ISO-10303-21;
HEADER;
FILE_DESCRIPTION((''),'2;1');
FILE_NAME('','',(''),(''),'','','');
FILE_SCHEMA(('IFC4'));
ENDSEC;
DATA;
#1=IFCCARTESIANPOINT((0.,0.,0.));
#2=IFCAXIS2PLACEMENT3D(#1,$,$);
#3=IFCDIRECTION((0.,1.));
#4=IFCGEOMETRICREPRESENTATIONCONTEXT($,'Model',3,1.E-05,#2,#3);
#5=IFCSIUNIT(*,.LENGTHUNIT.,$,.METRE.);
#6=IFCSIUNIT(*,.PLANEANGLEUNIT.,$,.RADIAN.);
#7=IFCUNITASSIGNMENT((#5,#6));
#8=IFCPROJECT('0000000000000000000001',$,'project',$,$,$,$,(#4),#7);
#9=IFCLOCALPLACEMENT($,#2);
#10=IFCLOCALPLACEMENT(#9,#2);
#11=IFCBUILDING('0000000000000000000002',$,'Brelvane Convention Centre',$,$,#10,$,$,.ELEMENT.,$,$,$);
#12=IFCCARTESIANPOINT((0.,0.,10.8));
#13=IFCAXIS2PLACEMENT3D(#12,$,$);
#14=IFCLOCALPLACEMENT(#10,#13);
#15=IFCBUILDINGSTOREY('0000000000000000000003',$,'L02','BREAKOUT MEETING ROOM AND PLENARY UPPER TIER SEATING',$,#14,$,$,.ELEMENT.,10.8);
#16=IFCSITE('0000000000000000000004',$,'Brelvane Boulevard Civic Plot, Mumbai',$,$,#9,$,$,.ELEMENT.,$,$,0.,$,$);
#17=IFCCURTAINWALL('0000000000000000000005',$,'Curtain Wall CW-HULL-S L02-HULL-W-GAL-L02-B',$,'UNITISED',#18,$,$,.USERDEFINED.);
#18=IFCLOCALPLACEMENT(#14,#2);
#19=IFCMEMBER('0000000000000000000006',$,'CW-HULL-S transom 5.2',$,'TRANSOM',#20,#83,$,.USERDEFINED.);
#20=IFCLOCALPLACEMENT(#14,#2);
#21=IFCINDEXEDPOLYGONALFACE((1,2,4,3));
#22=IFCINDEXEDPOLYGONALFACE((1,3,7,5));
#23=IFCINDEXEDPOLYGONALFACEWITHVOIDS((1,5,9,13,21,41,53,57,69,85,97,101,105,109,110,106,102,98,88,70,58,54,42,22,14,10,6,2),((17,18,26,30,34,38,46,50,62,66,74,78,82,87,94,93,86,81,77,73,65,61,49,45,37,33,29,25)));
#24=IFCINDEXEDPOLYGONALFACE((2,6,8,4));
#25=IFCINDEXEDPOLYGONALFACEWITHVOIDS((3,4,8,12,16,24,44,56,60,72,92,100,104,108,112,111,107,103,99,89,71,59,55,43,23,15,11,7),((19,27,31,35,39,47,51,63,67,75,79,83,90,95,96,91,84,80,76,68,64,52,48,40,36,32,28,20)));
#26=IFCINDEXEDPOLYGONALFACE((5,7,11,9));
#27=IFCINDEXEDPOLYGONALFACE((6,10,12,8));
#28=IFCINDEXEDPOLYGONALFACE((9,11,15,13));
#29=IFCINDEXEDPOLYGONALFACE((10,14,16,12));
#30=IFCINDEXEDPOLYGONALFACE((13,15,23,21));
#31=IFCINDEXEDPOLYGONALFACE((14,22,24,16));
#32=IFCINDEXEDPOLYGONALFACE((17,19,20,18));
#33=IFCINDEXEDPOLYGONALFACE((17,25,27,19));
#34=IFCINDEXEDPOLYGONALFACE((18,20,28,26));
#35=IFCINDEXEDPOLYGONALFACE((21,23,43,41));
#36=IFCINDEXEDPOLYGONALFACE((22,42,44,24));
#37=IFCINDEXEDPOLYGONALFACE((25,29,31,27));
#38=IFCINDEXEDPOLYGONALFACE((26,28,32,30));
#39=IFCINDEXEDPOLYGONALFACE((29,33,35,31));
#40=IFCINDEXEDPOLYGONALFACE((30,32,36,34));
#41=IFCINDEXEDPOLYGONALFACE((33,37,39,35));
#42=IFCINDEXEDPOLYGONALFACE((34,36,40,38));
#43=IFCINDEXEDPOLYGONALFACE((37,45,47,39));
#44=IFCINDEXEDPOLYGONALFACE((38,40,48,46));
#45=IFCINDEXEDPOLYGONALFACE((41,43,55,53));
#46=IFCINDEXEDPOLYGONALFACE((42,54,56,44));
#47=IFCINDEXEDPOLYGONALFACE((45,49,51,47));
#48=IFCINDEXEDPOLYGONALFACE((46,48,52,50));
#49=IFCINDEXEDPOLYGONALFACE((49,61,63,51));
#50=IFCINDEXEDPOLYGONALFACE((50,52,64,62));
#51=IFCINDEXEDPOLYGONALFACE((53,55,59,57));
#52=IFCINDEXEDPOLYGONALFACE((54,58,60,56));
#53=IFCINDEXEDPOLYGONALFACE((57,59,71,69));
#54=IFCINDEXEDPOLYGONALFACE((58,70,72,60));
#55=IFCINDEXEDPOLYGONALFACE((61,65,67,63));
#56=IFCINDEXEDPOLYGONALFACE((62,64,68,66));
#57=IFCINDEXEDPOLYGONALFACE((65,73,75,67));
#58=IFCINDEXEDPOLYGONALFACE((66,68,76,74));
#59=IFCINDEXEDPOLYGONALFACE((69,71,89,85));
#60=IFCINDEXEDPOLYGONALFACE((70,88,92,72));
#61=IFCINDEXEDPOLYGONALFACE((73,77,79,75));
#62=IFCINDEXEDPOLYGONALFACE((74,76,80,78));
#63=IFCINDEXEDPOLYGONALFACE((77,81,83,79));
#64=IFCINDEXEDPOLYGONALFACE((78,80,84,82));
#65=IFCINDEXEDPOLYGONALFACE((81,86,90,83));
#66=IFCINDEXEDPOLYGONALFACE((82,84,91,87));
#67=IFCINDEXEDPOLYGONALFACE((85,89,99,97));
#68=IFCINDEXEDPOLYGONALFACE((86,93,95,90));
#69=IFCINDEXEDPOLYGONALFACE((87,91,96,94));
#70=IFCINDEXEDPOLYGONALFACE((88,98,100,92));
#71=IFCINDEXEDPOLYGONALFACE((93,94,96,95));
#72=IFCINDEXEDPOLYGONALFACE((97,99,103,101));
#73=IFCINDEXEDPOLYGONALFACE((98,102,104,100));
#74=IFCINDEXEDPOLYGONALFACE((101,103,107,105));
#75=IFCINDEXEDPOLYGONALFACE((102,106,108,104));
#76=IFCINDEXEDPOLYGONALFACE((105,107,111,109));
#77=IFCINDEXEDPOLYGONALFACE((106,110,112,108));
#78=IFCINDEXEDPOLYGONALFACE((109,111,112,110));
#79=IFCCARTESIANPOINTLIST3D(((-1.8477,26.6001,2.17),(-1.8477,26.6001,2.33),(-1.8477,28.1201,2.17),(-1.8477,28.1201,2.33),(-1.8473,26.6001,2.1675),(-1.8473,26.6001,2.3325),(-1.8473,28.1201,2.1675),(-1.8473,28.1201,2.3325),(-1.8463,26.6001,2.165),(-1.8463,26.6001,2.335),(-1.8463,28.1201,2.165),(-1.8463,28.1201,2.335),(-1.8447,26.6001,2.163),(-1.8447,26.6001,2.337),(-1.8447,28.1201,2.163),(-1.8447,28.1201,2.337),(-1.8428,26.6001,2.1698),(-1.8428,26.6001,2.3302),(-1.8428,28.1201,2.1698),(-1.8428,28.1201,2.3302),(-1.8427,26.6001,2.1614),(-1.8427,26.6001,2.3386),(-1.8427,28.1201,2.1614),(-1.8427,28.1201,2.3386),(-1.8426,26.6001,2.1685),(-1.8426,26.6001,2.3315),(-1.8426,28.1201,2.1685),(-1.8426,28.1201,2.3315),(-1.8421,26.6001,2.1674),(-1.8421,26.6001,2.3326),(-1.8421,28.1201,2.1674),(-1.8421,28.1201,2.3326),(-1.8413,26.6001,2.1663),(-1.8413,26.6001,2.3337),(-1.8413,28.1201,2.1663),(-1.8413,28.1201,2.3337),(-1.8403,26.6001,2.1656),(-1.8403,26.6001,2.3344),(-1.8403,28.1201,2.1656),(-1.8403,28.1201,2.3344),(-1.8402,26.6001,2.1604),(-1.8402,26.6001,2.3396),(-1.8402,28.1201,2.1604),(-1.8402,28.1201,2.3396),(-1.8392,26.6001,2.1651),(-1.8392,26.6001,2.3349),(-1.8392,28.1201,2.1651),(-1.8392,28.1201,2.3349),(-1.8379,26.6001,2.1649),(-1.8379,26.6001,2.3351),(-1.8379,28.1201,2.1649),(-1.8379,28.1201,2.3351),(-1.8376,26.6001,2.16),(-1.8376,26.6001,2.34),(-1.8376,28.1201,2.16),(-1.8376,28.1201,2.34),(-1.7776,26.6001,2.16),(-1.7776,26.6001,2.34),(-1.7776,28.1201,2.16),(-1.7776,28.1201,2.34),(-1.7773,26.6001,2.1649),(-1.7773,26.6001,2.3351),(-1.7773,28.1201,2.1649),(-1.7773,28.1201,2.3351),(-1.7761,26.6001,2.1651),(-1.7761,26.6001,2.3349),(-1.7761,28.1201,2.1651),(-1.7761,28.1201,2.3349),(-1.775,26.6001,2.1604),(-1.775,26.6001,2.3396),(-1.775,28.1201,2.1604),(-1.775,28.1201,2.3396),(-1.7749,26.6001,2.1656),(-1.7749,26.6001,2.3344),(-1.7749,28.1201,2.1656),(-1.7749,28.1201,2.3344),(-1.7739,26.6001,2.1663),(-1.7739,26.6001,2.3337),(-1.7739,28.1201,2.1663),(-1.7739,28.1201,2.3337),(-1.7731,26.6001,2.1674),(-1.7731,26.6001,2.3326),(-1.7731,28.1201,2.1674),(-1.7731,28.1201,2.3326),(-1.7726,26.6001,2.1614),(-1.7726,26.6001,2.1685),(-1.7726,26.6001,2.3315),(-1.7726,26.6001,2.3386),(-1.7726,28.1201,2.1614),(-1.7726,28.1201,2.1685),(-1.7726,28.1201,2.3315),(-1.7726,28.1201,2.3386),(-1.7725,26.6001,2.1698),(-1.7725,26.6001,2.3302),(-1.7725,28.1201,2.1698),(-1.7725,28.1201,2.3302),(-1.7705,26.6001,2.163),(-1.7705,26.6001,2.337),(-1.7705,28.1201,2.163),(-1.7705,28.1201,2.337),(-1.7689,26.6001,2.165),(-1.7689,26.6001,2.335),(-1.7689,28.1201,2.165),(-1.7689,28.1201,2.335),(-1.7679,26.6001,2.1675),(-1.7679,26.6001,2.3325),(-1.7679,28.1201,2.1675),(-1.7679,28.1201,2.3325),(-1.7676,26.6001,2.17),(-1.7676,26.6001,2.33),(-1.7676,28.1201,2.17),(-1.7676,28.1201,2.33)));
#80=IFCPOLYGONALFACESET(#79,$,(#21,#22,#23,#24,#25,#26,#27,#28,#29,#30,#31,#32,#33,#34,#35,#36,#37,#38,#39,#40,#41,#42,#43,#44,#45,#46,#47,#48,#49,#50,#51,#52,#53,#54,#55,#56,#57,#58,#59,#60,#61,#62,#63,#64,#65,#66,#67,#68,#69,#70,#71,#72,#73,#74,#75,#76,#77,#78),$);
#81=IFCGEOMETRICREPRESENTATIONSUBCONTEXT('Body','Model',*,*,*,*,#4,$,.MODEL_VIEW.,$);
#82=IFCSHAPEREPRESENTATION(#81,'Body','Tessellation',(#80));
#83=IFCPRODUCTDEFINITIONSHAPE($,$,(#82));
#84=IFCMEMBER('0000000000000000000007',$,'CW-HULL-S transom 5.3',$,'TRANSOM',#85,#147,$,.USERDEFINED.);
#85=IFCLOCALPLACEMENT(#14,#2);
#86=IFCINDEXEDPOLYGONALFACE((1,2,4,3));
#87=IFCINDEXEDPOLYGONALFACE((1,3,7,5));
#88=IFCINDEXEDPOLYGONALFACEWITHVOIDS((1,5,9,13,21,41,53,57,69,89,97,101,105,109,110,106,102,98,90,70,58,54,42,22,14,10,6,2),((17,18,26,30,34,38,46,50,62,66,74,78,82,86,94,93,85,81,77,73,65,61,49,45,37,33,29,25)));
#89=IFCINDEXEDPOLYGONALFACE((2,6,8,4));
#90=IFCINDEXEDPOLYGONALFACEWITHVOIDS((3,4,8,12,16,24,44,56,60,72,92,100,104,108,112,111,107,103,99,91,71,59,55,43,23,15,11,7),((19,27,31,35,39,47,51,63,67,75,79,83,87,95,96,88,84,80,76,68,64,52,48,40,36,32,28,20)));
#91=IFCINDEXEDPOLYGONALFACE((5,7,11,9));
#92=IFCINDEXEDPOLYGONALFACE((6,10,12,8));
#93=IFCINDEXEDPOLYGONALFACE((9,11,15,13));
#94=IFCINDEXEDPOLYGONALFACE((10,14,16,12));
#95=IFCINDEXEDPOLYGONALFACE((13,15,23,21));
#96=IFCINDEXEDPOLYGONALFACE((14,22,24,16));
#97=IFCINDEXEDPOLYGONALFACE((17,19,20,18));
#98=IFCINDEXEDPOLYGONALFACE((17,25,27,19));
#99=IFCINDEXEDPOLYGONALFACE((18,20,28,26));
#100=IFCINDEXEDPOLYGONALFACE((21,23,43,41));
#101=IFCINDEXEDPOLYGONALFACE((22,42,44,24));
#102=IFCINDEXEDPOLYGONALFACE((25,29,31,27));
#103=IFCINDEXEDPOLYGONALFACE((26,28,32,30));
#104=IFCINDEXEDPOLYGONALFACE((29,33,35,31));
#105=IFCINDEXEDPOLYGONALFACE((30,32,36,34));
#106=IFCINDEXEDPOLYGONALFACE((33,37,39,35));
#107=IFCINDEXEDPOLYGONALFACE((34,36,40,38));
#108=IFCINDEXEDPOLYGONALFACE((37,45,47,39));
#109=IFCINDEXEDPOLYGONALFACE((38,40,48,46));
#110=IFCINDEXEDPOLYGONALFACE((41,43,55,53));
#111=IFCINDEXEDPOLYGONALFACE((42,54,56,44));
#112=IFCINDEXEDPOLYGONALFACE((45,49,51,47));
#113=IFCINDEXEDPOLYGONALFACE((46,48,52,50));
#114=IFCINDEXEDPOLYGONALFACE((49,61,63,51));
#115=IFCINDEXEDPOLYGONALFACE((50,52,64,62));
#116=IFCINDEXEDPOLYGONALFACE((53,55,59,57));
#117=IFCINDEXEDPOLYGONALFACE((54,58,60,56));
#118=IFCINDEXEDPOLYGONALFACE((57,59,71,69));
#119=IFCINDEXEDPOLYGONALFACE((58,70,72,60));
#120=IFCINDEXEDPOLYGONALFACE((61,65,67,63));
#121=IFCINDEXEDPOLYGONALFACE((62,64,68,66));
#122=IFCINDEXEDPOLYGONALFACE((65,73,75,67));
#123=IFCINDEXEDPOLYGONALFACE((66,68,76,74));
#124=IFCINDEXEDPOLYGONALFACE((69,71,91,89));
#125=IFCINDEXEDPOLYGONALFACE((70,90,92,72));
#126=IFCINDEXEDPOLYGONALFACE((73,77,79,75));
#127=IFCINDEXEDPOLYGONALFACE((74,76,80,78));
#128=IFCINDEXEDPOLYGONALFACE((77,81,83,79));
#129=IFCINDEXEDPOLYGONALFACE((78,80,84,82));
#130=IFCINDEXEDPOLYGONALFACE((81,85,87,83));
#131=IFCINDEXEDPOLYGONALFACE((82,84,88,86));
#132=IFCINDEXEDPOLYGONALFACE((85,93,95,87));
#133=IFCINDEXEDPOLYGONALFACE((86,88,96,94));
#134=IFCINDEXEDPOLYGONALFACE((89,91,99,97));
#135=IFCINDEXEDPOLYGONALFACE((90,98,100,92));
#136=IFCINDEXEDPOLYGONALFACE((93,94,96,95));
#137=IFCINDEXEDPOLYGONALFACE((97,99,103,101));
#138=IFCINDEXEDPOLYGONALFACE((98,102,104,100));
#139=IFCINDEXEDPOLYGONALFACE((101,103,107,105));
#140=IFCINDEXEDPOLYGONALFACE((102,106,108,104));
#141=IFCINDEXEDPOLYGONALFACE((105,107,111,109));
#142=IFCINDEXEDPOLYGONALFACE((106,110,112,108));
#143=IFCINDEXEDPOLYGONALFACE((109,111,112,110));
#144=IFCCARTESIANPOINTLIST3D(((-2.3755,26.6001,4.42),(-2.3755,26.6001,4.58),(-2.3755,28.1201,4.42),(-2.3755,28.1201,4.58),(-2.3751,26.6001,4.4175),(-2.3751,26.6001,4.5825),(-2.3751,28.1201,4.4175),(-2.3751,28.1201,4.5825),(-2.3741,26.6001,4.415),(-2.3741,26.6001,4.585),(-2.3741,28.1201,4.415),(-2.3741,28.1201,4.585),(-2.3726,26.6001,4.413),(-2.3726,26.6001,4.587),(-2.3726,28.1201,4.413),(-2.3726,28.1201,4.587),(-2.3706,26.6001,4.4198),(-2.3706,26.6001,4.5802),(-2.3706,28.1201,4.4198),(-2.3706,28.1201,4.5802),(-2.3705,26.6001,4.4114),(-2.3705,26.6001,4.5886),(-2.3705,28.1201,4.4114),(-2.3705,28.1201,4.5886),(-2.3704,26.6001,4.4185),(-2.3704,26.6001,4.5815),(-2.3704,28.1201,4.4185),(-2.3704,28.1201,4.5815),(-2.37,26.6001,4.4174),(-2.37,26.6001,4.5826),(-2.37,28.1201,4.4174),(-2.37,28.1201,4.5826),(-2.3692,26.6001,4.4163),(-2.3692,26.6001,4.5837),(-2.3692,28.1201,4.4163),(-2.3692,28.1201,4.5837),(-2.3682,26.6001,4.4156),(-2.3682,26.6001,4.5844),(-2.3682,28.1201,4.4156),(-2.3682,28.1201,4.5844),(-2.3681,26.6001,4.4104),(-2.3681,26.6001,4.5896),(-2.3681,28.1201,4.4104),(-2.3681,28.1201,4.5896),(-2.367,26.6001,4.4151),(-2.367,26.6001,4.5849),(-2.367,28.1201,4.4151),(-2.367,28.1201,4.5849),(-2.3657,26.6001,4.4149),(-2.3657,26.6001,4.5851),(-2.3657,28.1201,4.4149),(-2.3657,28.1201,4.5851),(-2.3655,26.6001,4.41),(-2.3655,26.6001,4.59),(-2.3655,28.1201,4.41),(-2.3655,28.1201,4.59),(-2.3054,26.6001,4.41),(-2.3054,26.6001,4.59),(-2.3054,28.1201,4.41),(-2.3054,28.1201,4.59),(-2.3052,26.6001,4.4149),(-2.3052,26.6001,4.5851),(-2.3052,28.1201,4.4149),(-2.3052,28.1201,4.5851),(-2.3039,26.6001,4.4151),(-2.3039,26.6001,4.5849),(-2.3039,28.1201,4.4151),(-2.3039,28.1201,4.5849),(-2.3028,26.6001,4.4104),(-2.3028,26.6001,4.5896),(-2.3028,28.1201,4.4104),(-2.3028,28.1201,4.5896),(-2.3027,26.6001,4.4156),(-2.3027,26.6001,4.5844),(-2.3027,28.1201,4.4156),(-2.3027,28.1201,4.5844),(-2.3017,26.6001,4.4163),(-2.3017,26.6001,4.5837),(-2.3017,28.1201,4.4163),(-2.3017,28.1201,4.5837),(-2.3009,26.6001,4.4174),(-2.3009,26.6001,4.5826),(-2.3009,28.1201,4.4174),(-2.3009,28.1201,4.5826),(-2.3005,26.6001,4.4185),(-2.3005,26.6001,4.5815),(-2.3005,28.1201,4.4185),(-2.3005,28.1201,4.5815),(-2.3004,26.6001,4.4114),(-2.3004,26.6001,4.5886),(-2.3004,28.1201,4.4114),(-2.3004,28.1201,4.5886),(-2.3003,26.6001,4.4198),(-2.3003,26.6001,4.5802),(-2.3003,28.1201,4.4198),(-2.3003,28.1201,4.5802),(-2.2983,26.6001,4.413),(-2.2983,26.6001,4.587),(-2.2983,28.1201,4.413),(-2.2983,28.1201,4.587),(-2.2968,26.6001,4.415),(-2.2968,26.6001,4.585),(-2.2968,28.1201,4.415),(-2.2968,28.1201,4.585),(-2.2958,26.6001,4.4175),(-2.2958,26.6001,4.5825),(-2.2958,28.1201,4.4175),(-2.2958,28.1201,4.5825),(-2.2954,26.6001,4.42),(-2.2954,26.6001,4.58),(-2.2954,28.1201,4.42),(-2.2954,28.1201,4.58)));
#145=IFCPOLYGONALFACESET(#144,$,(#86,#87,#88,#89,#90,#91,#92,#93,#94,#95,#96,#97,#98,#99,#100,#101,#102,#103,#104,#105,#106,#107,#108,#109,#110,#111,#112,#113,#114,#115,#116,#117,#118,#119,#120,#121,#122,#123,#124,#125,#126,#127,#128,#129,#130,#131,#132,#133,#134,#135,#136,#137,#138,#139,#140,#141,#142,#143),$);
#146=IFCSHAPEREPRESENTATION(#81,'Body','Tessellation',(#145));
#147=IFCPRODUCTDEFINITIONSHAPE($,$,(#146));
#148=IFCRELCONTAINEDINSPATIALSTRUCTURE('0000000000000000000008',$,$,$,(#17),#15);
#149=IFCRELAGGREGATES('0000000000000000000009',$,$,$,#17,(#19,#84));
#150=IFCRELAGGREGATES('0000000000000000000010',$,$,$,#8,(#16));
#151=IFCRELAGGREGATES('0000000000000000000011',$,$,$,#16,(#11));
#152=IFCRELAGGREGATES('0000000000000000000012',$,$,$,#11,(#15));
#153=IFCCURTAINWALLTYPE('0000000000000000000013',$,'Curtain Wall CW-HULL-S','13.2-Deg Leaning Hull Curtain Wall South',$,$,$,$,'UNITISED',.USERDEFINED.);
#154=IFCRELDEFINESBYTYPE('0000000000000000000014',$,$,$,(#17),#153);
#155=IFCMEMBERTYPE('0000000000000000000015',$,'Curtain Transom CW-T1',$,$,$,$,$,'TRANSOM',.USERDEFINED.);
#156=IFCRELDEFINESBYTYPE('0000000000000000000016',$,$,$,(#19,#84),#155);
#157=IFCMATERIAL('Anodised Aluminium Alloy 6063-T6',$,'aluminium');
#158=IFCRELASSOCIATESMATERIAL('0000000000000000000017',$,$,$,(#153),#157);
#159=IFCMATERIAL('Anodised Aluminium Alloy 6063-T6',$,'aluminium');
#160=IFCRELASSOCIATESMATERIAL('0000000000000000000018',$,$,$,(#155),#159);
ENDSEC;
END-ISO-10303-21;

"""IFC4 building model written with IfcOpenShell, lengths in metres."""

from ifc_helpers import new_model, si_unit, direction, frame, origin, origin_2d, place, context, subcontext, project, spatial, hollow_rectangle, extrude, material, material_profile, profile_set, type_object, element, aggregate, save


model = new_model("IFC4")

# Units and contexts
model_context = context("Model", 3, precision=1e-05, world=origin(), true_north=direction((0.0, 1.0)))
body_context = subcontext(model_context, "Body", "Model", "MODEL_VIEW")
ifc_project = project(units=[si_unit("LENGTHUNIT", "METRE"), si_unit("PLANEANGLEUNIT", "RADIAN")], contexts=[model_context])

# Site, building, storey
site_placement = place(None, origin())
site = spatial("IfcSite", under=ifc_project, at=site_placement, Name="Brelvane Boulevard Civic Plot, Mumbai", CompositionType="ELEMENT", RefElevation=0.0)
building_placement = place(site_placement, origin())
building = spatial("IfcBuilding", under=site, at=building_placement, Name="Brelvane Convention Centre", CompositionType="ELEMENT")
storey_placement = place(building_placement, frame((0.0, 0.0, 10.8)))
storey = spatial("IfcBuildingStorey", under=building, at=storey_placement, Name="L02", Description="BREAKOUT MEETING ROOM AND PLENARY UPPER TIER SEATING", CompositionType="ELEMENT", Elevation=10.8)

# Curtain wall, members
ifc_material_1 = material(Name="Anodised Aluminium Alloy 6063-T6", Category="aluminium")
curtain_wall_type = type_object("IfcCurtainWallType", Name="Curtain Wall CW-HULL-S", Description="13.2-Deg Leaning Hull Curtain Wall South", ElementType="UNITISED", PredefinedType="USERDEFINED", material=ifc_material_1)
curtain_wall_placement = place(storey_placement, origin())
curtain_wall = element("IfcCurtainWall", 1, at=curtain_wall_placement, inside=storey, type_object=curtain_wall_type, Name="Curtain Wall CW-HULL-S L02-HULL-W-GAL-L02-B", ObjectType="UNITISED", PredefinedType="USERDEFINED")
ifc_material_2 = material(Name="Anodised Aluminium Alloy 6063-T6", Category="aluminium")
ifc_material_profile = material_profile(ifc_material_2, hollow_rectangle(XDim=0.0801, YDim=0.1799, WallThickness=0.0049, InnerFilletRadius=0.0049, OuterFilletRadius=0.01, at=origin_2d()), Name="ALU-T 180x80x5.0")
ifc_profile_set = profile_set([ifc_material_profile], Name="Anodised Aluminium Alloy 6063-T6")
member_type = type_object("IfcMemberType", Name="Curtain Transom CW-T1", ElementType="TRANSOM", PredefinedType="USERDEFINED", material=ifc_profile_set)
member_1_placement = place(storey_placement, frame((-1.8076, 26.6001, 2.25), z_axis=(0.0, 1.0, 0.0), x_axis=(-1.0, 0.0, 0.0)))
member_1 = element("IfcMember", 2, at=member_1_placement, type_object=member_type, Name="CW-HULL-S transom 5.2", ObjectType="TRANSOM", PredefinedType="USERDEFINED", context=body_context, shape_type="SweptSolid", body=[
    extrude(hollow_rectangle(XDim=0.0801, YDim=0.1799, WallThickness=0.0049, InnerFilletRadius=0.0049, OuterFilletRadius=0.01, at=origin_2d()), origin(), (0.0, 0.0, 1.0), 1.52),
])
member_2_placement = place(storey_placement, frame((-2.3354, 26.6001, 4.5), z_axis=(0.0, 1.0, 0.0), x_axis=(-1.0, 0.0, 0.0)))
member_2 = element("IfcMember", 3, at=member_2_placement, type_object=member_type, Name="CW-HULL-S transom 5.3", ObjectType="TRANSOM", PredefinedType="USERDEFINED", context=body_context, shape_type="SweptSolid", body=[
    extrude(hollow_rectangle(XDim=0.0801, YDim=0.1799, WallThickness=0.0049, InnerFilletRadius=0.0049, OuterFilletRadius=0.01, at=origin_2d()), origin(), (0.0, 0.0, 1.0), 1.52),
])
aggregate(curtain_wall, [member_1, member_2])

save(model, "model.ifc")
